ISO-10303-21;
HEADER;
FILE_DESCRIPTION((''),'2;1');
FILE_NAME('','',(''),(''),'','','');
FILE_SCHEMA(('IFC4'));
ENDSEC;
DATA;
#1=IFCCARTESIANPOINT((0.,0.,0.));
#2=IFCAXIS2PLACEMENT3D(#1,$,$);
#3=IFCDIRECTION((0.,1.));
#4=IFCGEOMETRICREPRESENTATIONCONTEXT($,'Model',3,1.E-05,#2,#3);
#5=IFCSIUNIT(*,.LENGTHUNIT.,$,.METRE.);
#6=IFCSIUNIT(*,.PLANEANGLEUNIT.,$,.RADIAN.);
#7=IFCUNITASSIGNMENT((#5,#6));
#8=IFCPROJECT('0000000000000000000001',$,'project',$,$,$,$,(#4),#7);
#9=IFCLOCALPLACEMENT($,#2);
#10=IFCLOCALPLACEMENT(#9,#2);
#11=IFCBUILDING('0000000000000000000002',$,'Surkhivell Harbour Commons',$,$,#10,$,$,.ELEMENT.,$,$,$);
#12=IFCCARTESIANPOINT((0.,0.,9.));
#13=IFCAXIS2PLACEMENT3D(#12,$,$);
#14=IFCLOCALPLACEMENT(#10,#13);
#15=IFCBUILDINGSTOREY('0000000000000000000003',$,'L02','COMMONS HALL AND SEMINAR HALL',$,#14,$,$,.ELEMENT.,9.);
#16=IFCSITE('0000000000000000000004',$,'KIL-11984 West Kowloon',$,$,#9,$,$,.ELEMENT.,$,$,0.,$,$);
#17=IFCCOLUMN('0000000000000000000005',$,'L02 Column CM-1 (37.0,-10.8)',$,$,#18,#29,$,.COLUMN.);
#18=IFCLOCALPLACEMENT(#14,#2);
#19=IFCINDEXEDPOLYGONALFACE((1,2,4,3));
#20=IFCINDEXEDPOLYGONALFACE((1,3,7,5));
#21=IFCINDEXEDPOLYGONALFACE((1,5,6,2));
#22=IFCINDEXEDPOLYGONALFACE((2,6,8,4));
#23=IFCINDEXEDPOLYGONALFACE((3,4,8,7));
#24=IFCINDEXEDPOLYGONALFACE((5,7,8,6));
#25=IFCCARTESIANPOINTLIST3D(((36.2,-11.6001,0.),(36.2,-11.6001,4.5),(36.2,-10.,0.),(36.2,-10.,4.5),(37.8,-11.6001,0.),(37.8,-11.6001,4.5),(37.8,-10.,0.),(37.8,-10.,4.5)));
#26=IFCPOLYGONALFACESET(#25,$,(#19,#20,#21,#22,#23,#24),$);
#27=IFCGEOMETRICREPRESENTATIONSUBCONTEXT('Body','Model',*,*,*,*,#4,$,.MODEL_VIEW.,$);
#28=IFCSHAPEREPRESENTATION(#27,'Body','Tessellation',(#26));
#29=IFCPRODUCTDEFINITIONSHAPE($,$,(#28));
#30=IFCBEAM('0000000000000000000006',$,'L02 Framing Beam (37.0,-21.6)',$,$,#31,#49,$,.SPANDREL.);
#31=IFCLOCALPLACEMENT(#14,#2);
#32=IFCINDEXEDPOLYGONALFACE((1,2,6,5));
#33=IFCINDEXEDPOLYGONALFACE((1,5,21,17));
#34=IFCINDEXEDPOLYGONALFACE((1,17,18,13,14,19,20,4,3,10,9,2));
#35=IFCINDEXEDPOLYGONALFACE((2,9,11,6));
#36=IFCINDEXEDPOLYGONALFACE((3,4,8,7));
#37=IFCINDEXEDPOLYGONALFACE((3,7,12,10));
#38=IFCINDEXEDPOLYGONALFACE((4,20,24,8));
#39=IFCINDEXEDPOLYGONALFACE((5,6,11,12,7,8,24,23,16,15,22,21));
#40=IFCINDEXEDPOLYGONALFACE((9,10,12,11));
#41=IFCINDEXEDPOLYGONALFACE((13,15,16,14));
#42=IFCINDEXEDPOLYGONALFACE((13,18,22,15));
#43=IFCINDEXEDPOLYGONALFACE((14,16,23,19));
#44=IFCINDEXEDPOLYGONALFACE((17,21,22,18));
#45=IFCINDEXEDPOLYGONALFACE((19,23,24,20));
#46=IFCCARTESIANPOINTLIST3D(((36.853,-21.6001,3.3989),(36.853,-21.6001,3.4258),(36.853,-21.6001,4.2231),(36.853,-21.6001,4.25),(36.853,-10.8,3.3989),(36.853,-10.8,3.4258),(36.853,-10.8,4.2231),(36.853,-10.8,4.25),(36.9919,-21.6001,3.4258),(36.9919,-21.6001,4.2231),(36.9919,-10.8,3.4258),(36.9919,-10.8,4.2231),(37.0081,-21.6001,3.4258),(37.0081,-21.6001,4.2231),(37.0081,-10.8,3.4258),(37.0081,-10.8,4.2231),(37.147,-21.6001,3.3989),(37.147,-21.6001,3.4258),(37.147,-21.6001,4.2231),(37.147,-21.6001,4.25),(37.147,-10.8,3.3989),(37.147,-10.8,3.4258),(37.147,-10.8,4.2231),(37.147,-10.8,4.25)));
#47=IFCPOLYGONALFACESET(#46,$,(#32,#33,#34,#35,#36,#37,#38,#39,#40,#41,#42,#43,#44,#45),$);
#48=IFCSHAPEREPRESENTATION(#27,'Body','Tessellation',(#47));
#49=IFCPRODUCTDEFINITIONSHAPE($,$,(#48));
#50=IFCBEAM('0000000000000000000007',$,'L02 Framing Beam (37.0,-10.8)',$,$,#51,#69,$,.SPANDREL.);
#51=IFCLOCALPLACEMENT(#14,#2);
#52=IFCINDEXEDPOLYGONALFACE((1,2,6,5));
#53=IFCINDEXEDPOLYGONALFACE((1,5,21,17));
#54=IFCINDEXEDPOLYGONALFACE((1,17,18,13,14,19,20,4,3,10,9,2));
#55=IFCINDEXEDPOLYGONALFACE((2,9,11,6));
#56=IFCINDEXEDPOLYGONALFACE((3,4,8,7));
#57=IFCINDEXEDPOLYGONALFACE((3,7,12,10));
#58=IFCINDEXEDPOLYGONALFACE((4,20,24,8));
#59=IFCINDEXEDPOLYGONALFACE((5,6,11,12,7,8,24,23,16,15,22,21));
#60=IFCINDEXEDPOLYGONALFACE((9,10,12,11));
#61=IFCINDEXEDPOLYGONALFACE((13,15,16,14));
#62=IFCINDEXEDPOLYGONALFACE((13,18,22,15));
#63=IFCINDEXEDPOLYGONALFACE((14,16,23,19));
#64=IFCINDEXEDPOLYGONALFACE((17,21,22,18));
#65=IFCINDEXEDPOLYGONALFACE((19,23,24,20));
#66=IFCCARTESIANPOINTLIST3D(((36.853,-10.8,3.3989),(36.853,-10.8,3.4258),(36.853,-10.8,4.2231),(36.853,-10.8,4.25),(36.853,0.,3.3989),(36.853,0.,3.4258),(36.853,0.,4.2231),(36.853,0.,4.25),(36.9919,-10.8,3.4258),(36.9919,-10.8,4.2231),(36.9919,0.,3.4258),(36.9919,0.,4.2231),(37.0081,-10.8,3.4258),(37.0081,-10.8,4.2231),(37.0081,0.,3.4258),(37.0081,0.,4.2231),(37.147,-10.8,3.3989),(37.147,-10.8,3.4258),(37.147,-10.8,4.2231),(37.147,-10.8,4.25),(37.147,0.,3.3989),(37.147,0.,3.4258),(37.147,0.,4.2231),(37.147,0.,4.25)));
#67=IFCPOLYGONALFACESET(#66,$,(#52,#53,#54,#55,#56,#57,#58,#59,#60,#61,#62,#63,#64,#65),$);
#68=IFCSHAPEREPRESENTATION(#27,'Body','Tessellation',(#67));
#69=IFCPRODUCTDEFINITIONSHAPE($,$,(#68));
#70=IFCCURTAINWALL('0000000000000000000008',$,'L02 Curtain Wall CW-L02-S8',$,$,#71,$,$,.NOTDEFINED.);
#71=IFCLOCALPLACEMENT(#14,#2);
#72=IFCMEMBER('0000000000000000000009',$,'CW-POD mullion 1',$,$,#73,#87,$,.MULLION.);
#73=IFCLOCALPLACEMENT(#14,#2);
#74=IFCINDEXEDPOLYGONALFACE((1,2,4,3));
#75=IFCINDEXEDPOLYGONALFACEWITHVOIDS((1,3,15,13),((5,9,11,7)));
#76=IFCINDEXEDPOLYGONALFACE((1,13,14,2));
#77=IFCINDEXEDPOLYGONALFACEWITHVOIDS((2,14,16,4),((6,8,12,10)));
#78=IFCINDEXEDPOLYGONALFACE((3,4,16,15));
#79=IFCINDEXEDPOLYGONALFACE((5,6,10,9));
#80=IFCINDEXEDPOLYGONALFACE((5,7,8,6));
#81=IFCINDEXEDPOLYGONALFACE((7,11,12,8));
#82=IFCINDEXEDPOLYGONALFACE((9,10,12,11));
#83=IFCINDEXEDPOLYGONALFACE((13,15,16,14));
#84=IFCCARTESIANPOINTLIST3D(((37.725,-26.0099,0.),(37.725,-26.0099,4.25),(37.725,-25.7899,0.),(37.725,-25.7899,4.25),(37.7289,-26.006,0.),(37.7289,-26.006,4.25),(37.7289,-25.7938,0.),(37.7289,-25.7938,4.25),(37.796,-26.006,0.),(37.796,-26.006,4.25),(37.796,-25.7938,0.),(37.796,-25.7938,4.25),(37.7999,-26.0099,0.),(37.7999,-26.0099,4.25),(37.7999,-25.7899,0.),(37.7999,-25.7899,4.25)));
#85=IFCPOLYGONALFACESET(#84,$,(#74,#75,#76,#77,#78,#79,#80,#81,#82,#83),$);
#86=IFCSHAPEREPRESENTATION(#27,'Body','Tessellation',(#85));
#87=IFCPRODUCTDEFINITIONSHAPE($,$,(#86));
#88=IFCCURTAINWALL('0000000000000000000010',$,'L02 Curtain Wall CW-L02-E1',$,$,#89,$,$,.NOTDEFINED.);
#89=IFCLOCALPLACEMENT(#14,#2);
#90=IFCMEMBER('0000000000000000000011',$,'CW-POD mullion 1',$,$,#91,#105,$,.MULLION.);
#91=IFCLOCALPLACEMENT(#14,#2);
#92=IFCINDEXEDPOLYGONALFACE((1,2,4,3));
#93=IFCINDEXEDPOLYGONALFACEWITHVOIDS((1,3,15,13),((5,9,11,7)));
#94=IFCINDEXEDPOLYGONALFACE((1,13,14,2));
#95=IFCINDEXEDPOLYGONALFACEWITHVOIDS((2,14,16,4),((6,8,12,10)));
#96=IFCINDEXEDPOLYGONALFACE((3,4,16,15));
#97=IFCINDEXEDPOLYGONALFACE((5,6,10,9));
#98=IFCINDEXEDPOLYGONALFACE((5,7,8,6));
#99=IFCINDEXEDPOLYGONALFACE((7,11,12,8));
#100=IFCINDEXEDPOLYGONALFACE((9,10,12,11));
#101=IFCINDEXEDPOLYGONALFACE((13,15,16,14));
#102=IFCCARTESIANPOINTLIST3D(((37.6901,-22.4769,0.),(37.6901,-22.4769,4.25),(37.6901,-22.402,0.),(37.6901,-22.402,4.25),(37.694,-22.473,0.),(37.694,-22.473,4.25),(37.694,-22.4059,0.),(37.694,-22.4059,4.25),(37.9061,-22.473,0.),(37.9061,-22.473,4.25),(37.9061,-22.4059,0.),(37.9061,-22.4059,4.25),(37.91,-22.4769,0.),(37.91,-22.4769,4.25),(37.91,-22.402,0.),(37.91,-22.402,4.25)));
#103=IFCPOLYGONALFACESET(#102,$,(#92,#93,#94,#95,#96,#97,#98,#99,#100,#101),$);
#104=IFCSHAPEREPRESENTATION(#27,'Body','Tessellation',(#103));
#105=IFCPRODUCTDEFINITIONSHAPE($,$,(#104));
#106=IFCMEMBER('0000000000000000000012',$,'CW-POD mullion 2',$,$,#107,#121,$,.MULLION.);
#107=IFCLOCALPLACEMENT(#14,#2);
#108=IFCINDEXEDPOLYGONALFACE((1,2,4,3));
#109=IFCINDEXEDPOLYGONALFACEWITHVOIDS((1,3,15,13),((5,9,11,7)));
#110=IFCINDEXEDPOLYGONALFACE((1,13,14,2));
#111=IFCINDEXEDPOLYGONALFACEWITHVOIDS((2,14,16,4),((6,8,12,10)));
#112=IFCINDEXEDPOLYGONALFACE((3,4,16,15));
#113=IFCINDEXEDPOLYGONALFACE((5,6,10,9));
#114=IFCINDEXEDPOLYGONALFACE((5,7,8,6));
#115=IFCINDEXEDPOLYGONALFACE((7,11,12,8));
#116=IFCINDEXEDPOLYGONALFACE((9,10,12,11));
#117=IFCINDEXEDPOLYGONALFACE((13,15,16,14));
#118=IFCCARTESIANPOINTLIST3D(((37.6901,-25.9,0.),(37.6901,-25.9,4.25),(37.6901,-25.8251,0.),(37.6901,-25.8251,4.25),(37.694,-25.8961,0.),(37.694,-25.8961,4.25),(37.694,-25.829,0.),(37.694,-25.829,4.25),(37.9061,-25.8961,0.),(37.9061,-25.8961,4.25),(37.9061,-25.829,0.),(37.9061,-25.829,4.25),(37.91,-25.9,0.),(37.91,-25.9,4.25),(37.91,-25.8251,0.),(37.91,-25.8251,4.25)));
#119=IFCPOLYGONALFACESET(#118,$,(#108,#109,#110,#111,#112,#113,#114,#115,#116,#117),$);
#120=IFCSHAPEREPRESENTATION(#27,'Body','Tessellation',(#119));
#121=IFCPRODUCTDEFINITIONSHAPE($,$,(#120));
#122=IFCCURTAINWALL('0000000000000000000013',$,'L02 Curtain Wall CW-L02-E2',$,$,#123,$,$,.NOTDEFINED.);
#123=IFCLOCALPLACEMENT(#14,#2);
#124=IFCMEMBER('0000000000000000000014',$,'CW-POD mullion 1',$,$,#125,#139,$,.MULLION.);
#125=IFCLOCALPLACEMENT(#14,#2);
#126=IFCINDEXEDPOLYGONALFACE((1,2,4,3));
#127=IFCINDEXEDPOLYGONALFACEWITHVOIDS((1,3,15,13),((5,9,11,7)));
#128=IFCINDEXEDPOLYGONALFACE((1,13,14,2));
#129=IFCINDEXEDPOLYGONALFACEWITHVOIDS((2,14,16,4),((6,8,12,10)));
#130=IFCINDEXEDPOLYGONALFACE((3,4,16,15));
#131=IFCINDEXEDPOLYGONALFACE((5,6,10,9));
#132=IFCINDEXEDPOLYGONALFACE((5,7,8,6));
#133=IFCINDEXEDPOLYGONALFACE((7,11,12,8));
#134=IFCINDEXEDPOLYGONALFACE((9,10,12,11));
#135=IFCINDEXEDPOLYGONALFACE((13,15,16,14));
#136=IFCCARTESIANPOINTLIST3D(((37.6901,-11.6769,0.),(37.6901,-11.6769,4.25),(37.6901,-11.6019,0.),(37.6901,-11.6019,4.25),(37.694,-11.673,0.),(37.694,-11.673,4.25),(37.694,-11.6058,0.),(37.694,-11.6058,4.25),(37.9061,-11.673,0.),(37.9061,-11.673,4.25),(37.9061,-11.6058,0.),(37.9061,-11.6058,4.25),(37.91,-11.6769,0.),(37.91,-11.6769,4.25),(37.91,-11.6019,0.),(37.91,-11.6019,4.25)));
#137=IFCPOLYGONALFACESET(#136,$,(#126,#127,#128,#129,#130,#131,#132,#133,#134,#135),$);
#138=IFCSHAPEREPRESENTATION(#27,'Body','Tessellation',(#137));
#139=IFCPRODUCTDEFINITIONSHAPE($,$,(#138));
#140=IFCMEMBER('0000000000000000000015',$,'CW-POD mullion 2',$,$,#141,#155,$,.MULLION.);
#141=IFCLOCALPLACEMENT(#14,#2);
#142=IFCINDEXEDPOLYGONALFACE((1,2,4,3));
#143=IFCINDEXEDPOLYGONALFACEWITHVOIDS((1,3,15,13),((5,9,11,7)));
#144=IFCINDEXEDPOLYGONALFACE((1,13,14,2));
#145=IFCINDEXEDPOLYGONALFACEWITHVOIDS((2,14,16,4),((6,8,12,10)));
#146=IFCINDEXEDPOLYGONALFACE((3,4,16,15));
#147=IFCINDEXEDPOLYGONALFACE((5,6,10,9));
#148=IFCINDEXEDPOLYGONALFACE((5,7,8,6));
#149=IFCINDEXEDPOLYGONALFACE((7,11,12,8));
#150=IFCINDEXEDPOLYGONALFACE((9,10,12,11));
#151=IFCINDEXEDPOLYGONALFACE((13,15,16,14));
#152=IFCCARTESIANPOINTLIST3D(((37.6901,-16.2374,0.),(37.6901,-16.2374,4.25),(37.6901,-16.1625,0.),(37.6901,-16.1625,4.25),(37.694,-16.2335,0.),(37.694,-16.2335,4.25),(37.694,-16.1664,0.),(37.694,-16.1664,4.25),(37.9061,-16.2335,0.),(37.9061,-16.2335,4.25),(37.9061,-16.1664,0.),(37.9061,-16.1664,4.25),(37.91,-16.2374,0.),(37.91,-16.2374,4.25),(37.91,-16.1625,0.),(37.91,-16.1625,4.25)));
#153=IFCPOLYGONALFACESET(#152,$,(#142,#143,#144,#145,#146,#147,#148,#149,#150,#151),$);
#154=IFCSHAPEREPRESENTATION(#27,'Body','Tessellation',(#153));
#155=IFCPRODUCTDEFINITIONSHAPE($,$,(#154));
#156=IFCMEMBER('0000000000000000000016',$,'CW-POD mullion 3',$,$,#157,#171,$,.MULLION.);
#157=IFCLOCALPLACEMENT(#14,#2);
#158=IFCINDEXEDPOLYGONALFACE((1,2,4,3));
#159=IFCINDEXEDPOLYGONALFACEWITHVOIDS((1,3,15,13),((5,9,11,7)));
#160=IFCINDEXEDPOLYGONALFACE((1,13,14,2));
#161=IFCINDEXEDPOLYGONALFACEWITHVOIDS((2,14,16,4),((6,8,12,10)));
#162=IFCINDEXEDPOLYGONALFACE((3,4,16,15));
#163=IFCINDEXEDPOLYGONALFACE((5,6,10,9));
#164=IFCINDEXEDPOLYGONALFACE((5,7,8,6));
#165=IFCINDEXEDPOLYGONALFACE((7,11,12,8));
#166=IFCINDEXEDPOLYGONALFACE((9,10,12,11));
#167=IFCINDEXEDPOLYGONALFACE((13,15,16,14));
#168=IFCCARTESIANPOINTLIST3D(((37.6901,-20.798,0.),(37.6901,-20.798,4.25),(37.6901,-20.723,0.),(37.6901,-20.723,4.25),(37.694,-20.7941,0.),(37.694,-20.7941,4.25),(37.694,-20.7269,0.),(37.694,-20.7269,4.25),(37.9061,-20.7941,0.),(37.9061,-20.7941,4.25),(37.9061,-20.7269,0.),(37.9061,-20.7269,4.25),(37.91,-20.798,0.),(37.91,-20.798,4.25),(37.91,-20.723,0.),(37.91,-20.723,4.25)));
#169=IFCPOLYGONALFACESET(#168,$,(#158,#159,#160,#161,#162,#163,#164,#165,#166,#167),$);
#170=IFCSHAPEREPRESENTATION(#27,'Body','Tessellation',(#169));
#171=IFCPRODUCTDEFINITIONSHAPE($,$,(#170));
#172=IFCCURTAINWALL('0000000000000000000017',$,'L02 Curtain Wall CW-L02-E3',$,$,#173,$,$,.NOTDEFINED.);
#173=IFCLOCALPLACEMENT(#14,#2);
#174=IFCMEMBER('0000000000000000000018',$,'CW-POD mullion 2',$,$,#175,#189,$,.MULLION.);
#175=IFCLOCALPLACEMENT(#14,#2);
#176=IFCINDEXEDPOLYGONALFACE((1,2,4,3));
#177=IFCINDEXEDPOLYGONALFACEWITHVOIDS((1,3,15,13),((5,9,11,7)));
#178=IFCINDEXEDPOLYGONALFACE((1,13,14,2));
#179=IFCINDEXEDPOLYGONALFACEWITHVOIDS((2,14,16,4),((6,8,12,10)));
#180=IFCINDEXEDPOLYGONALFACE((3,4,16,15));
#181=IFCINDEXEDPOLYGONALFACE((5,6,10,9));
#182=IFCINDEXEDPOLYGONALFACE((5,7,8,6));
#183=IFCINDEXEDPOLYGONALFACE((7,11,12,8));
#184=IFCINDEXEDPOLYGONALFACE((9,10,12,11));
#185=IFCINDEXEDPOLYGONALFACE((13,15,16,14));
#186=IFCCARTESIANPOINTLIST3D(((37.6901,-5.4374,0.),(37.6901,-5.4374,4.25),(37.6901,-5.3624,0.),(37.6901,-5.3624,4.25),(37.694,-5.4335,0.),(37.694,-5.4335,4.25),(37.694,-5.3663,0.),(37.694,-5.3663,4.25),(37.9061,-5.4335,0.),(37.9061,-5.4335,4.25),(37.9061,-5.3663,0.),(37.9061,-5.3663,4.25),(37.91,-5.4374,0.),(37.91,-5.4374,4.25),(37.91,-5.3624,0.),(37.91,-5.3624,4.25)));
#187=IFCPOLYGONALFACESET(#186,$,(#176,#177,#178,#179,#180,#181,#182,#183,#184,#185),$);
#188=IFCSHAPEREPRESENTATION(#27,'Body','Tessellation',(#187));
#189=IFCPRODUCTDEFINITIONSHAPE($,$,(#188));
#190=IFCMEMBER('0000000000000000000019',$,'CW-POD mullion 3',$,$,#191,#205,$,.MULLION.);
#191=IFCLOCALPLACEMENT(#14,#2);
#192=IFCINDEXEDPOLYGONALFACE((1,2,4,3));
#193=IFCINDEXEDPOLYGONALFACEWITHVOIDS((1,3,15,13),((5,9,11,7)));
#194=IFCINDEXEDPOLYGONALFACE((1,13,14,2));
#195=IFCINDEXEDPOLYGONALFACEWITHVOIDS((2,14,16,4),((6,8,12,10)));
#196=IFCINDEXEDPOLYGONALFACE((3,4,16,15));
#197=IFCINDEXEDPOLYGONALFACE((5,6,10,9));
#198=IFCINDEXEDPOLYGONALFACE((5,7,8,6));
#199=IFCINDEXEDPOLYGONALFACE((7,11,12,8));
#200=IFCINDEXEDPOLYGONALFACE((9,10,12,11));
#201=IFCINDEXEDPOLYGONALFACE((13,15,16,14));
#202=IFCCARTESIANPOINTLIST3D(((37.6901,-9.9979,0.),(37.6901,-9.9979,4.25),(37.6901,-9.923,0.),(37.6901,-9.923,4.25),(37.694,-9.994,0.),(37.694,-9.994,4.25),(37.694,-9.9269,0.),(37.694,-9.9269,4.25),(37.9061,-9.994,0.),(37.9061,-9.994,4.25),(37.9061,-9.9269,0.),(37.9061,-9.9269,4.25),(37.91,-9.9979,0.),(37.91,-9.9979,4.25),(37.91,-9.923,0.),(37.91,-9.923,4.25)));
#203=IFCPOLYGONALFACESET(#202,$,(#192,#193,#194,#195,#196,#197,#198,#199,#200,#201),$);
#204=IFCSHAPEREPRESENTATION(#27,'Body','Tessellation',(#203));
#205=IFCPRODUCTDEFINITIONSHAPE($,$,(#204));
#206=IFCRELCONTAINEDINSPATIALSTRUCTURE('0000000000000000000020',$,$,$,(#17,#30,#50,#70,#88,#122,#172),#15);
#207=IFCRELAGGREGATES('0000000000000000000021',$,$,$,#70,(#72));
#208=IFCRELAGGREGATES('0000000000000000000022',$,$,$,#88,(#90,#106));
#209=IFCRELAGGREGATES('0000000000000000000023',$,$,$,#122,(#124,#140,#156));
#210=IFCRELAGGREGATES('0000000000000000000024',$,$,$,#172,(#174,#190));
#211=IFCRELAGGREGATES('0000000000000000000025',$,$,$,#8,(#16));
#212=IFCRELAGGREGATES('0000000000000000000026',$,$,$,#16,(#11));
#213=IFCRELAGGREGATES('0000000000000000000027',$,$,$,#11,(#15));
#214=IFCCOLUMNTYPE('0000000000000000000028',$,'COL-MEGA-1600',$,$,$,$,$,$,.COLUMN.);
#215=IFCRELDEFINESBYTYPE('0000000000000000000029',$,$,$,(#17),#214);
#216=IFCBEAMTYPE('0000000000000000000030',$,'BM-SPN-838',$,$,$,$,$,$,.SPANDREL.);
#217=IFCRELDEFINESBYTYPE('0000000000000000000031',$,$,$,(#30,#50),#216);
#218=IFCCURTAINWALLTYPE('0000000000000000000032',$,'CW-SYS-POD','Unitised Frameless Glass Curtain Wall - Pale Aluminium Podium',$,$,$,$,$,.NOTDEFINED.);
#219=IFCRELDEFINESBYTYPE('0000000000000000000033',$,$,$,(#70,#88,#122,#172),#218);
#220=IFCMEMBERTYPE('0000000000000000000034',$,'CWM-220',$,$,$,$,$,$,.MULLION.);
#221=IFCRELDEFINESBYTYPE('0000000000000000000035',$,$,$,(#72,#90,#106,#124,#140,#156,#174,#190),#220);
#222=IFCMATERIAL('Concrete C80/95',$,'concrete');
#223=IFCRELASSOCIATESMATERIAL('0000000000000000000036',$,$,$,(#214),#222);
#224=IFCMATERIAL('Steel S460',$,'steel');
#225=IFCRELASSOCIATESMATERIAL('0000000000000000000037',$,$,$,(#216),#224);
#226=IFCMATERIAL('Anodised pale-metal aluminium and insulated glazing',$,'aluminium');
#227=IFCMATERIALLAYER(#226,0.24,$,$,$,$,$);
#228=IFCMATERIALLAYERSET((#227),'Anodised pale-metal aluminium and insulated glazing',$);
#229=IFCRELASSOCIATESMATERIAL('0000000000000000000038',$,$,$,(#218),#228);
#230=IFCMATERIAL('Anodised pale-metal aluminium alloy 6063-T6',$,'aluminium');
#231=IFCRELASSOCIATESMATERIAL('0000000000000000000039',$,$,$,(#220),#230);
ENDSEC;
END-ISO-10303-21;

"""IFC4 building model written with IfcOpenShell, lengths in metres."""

from ifc_helpers import new_model, si_unit, direction, frame, origin, origin_2d, place, context, subcontext, project, spatial, rectangle, hollow_rectangle, i_section, extrude, material, layer, layer_set, material_profile, profile_set, type_object, element, aggregate, save


model = new_model("IFC4")

# Units and contexts
model_context = context("Model", 3, precision=1e-05, world=origin(), true_north=direction((0.0, 1.0)))
body_context = subcontext(model_context, "Body", "Model", "MODEL_VIEW")
ifc_project = project(units=[si_unit("LENGTHUNIT", "METRE"), si_unit("PLANEANGLEUNIT", "RADIAN")], contexts=[model_context])

# Site, building, storey
site_placement = place(None, origin())
site = spatial("IfcSite", under=ifc_project, at=site_placement, Name="KIL-11984 West Kowloon", CompositionType="ELEMENT", RefElevation=0.0)
building_placement = place(site_placement, origin())
building = spatial("IfcBuilding", under=site, at=building_placement, Name="Surkhivell Harbour Commons", CompositionType="ELEMENT")
storey_placement = place(building_placement, frame((0.0, 0.0, 9.0)))
storey = spatial("IfcBuildingStorey", under=building, at=storey_placement, Name="L02", Description="COMMONS HALL AND SEMINAR HALL", CompositionType="ELEMENT", Elevation=9.0)

# Column
ifc_material_1 = material(Name="Concrete C80/95", Category="concrete")
ifc_material_profile_1 = material_profile(ifc_material_1, rectangle(XDim=1.6001, YDim=1.6001, at=origin_2d()), Name="RC-COL-1600x1600")
ifc_profile_set_1 = profile_set([ifc_material_profile_1], Name="Concrete C80/95")
column_type = type_object("IfcColumnType", Name="COL-MEGA-1600", PredefinedType="COLUMN", material=ifc_profile_set_1)
column_placement = place(storey_placement, frame((37.0, -10.8, 0.0), z_axis=(0.0, 0.0, 1.0), x_axis=(1.0, 0.0, 0.0)))
element("IfcColumn", 1, at=column_placement, inside=storey, type_object=column_type, Name="L02 Column CM-1 (37.0,-10.8)", PredefinedType="COLUMN", context=body_context, shape_type="SweptSolid", body=[
    extrude(rectangle(XDim=1.6001, YDim=1.6001, at=origin_2d()), origin(), (0.0, 0.0, 1.0), 4.5),
])

# Beams
ifc_material_2 = material(Name="Steel S460", Category="steel")
ifc_material_profile_2 = material_profile(ifc_material_2, i_section(OverallWidth=0.2939, OverallDepth=0.8511, WebThickness=0.0161, FlangeThickness=0.0269, at=origin_2d()), Name="UB838x292x226")
ifc_profile_set_2 = profile_set([ifc_material_profile_2], Name="Steel S460")
beam_type = type_object("IfcBeamType", Name="BM-SPN-838", PredefinedType="SPANDREL", material=ifc_profile_set_2)
for number, where, z_axis, x_axis, name in (
    (2, (37.0, -21.6001, 3.8245), (0.0, 1.0, 0.0), (-1.0, 0.0, 0.0), "L02 Framing Beam (37.0,-21.6)"),
    (3, (37.0, -10.8, 3.8245), (0.0, 1.0, 0.0), (-1.0, 0.0, 0.0), "L02 Framing Beam (37.0,-10.8)"),
):
    element("IfcBeam", number, at=place(storey_placement, frame(where, z_axis=z_axis, x_axis=x_axis)), inside=storey, type_object=beam_type, Name=name, PredefinedType="SPANDREL", context=body_context, shape_type="SweptSolid", body=[
        extrude(i_section(OverallWidth=0.2939, OverallDepth=0.8511, WebThickness=0.0161, FlangeThickness=0.0269, at=origin_2d()), origin(), (0.0, 0.0, 1.0), 10.8),
    ])

# Curtain wall, member
ifc_material_3 = material(Name="Anodised pale-metal aluminium and insulated glazing", Category="aluminium")
ifc_layer_1 = layer(ifc_material_3, 0.24)
ifc_layer_set_1 = layer_set([ifc_layer_1], Name="Anodised pale-metal aluminium and insulated glazing")
curtain_wall_type = type_object("IfcCurtainWallType", Name="CW-SYS-POD", Description="Unitised Frameless Glass Curtain Wall - Pale Aluminium Podium", PredefinedType="NOTDEFINED", material=ifc_layer_set_1)
curtain_wall_1_placement = place(storey_placement, origin())
curtain_wall_1 = element("IfcCurtainWall", 4, at=curtain_wall_1_placement, inside=storey, type_object=curtain_wall_type, Name="L02 Curtain Wall CW-L02-S8", PredefinedType="NOTDEFINED")
ifc_material_4 = material(Name="Anodised pale-metal aluminium alloy 6063-T6", Category="aluminium")
ifc_material_profile_3 = material_profile(ifc_material_4, hollow_rectangle(XDim=0.075, YDim=0.22, WallThickness=0.0039, at=origin_2d()), Name="ALU-MULL-75x220")
ifc_profile_set_3 = profile_set([ifc_material_profile_3], Name="Anodised pale-metal aluminium alloy 6063-T6")
member_type_1 = type_object("IfcMemberType", Name="CWM-220", PredefinedType="MULLION", material=ifc_profile_set_3)
member_1_placement = place(storey_placement, frame((37.7625, -25.8999, 0.0), z_axis=(0.0, 0.0, 1.0), x_axis=(-1.0, 0.0, 0.0)))
member_1 = element("IfcMember", 5, at=member_1_placement, type_object=member_type_1, Name="CW-POD mullion 1", PredefinedType="MULLION", context=body_context, shape_type="SweptSolid", body=[
    extrude(hollow_rectangle(XDim=0.075, YDim=0.22, WallThickness=0.0039, at=origin_2d()), origin(), (0.0, 0.0, 1.0), 4.25),
])

# Curtain walls, members
curtain_wall_2_placement = place(storey_placement, origin())
curtain_wall_2 = element("IfcCurtainWall", 6, at=curtain_wall_2_placement, inside=storey, type_object=curtain_wall_type, Name="L02 Curtain Wall CW-L02-E1", PredefinedType="NOTDEFINED")
member_2_placement = place(storey_placement, frame((37.8, -22.4395, 0.0), z_axis=(0.0, 0.0, 1.0), x_axis=(0.0, -1.0, 0.0)))
member_2 = element("IfcMember", 7, at=member_2_placement, type_object=member_type_1, Name="CW-POD mullion 1", PredefinedType="MULLION", context=body_context, shape_type="SweptSolid", body=[
    extrude(hollow_rectangle(XDim=0.075, YDim=0.22, WallThickness=0.0039, at=origin_2d()), origin(), (0.0, 0.0, 1.0), 4.25),
])
member_3_placement = place(storey_placement, frame((37.8, -25.8625, 0.0), z_axis=(0.0, 0.0, 1.0), x_axis=(0.0, -1.0, 0.0)))
member_3 = element("IfcMember", 8, at=member_3_placement, type_object=member_type_1, Name="CW-POD mullion 2", PredefinedType="MULLION", context=body_context, shape_type="SweptSolid", body=[
    extrude(hollow_rectangle(XDim=0.075, YDim=0.22, WallThickness=0.0039, at=origin_2d()), origin(), (0.0, 0.0, 1.0), 4.25),
])
curtain_wall_3_placement = place(storey_placement, origin())
curtain_wall_3 = element("IfcCurtainWall", 9, at=curtain_wall_3_placement, inside=storey, type_object=curtain_wall_type, Name="L02 Curtain Wall CW-L02-E2", PredefinedType="NOTDEFINED")
member_4_placement = place(storey_placement, frame((37.8, -11.6394, 0.0), z_axis=(0.0, 0.0, 1.0), x_axis=(0.0, -1.0, 0.0)))
member_4 = element("IfcMember", 10, at=member_4_placement, type_object=member_type_1, Name="CW-POD mullion 1", PredefinedType="MULLION", context=body_context, shape_type="SweptSolid", body=[
    extrude(hollow_rectangle(XDim=0.075, YDim=0.22, WallThickness=0.0039, at=origin_2d()), origin(), (0.0, 0.0, 1.0), 4.25),
])
member_5_placement = place(storey_placement, frame((37.8, -16.2, 0.0), z_axis=(0.0, 0.0, 1.0), x_axis=(0.0, -1.0, 0.0)))
member_5 = element("IfcMember", 11, at=member_5_placement, type_object=member_type_1, Name="CW-POD mullion 2", PredefinedType="MULLION", context=body_context, shape_type="SweptSolid", body=[
    extrude(hollow_rectangle(XDim=0.075, YDim=0.22, WallThickness=0.0039, at=origin_2d()), origin(), (0.0, 0.0, 1.0), 4.25),
])
member_6_placement = place(storey_placement, frame((37.8, -20.7605, 0.0), z_axis=(0.0, 0.0, 1.0), x_axis=(0.0, -1.0, 0.0)))
member_6 = element("IfcMember", 12, at=member_6_placement, type_object=member_type_1, Name="CW-POD mullion 3", PredefinedType="MULLION", context=body_context, shape_type="SweptSolid", body=[
    extrude(hollow_rectangle(XDim=0.075, YDim=0.22, WallThickness=0.0039, at=origin_2d()), origin(), (0.0, 0.0, 1.0), 4.25),
])
curtain_wall_4_placement = place(storey_placement, origin())
curtain_wall_4 = element("IfcCurtainWall", 13, at=curtain_wall_4_placement, inside=storey, type_object=curtain_wall_type, Name="L02 Curtain Wall CW-L02-E3", PredefinedType="NOTDEFINED")
member_7_placement = place(storey_placement, frame((37.8, -5.3999, 0.0), z_axis=(0.0, 0.0, 1.0), x_axis=(0.0, -1.0, 0.0)))
member_7 = element("IfcMember", 14, at=member_7_placement, type_object=member_type_1, Name="CW-POD mullion 2", PredefinedType="MULLION", context=body_context, shape_type="SweptSolid", body=[
    extrude(hollow_rectangle(XDim=0.075, YDim=0.22, WallThickness=0.0039, at=origin_2d()), origin(), (0.0, 0.0, 1.0), 4.25),
])
member_8_placement = place(storey_placement, frame((37.8, -9.9604, 0.0), z_axis=(0.0, 0.0, 1.0), x_axis=(0.0, -1.0, 0.0)))
member_8 = element("IfcMember", 15, at=member_8_placement, type_object=member_type_1, Name="CW-POD mullion 3", PredefinedType="MULLION", context=body_context, shape_type="SweptSolid", body=[
    extrude(hollow_rectangle(XDim=0.075, YDim=0.22, WallThickness=0.0039, at=origin_2d()), origin(), (0.0, 0.0, 1.0), 4.25),
])

aggregate(curtain_wall_1, [member_1])
aggregate(curtain_wall_2, [member_2, member_3])
aggregate(curtain_wall_3, [member_4, member_5, member_6])
aggregate(curtain_wall_4, [member_7, member_8])

save(model, "model.ifc")
